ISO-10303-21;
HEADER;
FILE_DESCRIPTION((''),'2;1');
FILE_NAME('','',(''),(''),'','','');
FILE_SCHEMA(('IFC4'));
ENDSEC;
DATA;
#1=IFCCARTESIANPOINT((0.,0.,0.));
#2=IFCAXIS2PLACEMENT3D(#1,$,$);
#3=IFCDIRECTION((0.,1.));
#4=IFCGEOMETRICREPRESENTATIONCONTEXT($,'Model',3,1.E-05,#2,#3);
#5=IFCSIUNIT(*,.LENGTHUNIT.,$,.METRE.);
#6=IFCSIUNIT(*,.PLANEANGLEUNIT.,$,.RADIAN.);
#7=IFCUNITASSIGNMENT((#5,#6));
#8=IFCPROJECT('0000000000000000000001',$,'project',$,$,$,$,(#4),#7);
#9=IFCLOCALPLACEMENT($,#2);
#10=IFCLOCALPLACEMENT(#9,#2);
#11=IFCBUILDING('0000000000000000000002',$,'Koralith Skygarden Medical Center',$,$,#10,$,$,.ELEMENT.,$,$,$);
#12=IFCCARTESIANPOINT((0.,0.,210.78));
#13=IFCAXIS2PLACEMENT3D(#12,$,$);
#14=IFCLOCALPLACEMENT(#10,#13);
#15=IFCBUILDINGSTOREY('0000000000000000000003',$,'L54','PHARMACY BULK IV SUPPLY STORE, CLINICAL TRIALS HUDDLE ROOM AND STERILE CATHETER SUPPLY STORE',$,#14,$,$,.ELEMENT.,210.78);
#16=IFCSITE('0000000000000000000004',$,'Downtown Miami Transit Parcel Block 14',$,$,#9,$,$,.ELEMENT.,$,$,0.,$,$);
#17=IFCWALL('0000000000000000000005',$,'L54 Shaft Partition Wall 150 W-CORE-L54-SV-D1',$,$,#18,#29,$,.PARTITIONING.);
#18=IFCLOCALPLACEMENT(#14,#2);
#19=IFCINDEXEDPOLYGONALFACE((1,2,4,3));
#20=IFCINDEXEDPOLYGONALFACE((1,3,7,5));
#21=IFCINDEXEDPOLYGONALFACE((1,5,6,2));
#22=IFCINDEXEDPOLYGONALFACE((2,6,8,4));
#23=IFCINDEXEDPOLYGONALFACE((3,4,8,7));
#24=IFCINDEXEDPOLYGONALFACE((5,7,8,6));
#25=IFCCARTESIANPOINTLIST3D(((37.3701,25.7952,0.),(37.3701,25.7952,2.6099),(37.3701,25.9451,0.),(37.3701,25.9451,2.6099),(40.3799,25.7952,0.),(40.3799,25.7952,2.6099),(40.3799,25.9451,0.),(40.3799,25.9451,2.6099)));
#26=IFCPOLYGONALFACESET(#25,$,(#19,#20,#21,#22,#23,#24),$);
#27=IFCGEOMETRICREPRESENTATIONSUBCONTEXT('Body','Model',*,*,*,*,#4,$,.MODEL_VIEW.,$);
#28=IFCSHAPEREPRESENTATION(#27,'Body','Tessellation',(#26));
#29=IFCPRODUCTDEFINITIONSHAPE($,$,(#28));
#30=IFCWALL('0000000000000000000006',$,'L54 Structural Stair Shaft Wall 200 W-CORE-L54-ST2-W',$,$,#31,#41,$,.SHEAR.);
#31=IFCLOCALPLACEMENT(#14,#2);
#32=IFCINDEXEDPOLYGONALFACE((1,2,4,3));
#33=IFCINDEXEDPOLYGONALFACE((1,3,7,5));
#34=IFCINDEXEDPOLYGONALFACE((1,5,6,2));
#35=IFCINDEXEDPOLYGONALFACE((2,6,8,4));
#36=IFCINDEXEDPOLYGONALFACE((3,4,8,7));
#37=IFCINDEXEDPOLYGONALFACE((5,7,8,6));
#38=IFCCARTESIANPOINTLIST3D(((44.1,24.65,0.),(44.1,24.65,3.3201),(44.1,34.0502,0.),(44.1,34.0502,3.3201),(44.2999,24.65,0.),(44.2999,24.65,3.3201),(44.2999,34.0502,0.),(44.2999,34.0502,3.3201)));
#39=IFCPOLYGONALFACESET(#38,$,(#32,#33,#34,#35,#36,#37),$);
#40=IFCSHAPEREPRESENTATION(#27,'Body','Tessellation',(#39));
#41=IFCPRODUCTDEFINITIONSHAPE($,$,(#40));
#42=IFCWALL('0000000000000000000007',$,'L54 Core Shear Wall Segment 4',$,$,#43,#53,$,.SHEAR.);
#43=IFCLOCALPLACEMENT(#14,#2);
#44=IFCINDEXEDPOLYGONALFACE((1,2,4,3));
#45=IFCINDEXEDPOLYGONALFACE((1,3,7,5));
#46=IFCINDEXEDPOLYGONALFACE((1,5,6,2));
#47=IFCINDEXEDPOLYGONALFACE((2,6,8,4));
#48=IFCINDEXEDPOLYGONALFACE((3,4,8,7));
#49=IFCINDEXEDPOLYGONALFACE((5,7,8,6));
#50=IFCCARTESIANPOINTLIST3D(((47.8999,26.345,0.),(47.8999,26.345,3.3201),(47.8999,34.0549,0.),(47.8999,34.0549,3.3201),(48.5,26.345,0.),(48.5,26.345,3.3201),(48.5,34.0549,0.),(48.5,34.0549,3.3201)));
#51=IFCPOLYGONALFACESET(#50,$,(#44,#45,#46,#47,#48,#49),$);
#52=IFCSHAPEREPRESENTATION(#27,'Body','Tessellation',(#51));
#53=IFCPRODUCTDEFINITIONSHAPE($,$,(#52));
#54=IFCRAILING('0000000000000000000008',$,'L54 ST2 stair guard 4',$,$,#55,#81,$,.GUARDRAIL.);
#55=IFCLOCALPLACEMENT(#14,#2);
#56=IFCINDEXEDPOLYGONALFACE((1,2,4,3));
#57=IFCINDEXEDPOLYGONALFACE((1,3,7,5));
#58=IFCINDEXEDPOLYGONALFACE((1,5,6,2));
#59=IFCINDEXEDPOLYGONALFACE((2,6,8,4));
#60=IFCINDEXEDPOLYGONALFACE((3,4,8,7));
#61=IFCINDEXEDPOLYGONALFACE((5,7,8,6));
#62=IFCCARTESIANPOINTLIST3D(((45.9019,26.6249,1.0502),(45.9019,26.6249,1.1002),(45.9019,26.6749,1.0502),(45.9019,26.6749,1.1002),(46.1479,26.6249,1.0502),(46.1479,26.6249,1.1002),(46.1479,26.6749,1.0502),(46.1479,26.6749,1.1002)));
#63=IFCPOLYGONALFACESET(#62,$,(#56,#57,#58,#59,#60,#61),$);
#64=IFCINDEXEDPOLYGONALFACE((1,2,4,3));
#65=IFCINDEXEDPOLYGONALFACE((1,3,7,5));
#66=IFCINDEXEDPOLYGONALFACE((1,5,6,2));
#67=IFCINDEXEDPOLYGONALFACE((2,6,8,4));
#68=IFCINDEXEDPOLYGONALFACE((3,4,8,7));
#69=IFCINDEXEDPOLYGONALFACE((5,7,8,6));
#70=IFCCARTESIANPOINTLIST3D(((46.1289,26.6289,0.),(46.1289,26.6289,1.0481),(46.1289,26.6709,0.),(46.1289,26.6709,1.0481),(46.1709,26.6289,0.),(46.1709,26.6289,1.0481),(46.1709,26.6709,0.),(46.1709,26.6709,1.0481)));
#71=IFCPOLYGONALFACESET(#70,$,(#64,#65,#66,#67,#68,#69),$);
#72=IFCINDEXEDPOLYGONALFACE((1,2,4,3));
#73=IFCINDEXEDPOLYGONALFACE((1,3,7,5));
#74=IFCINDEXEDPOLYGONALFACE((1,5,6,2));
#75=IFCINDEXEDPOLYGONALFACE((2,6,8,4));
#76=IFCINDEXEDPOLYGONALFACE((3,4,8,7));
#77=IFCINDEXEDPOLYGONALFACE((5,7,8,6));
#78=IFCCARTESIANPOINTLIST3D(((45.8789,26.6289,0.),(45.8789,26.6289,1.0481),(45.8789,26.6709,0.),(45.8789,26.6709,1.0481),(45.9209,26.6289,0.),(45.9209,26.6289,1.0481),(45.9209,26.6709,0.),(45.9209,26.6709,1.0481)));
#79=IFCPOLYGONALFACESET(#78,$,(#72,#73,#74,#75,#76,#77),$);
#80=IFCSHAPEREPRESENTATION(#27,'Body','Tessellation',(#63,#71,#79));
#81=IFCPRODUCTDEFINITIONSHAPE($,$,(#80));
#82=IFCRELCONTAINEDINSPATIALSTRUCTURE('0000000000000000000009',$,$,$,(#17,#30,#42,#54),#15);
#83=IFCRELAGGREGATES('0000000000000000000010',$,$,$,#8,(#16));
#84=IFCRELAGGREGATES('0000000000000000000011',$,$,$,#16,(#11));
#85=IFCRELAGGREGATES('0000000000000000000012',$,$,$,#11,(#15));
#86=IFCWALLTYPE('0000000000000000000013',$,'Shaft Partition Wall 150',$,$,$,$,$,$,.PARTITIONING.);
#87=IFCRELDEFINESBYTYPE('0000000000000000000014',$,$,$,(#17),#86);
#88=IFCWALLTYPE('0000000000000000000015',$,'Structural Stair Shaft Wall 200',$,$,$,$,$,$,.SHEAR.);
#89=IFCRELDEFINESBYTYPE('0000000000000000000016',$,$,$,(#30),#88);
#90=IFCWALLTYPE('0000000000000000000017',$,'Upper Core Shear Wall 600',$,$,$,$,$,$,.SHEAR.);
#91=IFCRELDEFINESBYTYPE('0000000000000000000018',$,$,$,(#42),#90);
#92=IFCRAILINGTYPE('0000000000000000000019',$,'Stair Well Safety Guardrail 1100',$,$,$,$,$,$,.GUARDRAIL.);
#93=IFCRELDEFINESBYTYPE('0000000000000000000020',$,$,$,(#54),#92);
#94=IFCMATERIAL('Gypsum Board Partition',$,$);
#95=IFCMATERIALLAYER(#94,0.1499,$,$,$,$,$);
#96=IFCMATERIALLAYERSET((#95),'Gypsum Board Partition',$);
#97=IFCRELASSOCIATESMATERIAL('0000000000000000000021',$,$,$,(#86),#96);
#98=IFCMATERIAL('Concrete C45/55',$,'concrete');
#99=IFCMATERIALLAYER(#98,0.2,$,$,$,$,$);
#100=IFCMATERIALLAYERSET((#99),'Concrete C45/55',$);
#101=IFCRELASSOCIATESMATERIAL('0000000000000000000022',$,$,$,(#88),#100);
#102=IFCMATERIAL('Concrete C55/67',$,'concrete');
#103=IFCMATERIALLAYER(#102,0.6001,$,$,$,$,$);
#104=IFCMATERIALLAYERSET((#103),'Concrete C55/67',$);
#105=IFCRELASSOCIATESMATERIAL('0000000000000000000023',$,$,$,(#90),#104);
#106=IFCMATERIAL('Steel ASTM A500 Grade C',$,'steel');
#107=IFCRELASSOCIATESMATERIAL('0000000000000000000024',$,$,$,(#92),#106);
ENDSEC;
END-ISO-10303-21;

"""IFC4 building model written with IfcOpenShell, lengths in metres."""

from ifc_helpers import new_model, si_unit, direction, frame, frame_2d, origin, origin_2d, place, context, subcontext, project, spatial, rectangle, extrude, material, layer, layer_set, type_object, element, save


model = new_model("IFC4")

# Units and contexts
model_context = context("Model", 3, precision=1e-05, world=origin(), true_north=direction((0.0, 1.0)))
body_context = subcontext(model_context, "Body", "Model", "MODEL_VIEW")
ifc_project = project(units=[si_unit("LENGTHUNIT", "METRE"), si_unit("PLANEANGLEUNIT", "RADIAN")], contexts=[model_context])

# Site, building, storey
site_placement = place(None, origin())
site = spatial("IfcSite", under=ifc_project, at=site_placement, Name="Downtown Miami Transit Parcel Block 14", CompositionType="ELEMENT", RefElevation=0.0)
building_placement = place(site_placement, origin())
building = spatial("IfcBuilding", under=site, at=building_placement, Name="Koralith Skygarden Medical Center", CompositionType="ELEMENT")
storey_placement = place(building_placement, frame((0.0, 0.0, 210.78)))
storey = spatial("IfcBuildingStorey", under=building, at=storey_placement, Name="L54", Description="PHARMACY BULK IV SUPPLY STORE, CLINICAL TRIALS HUDDLE ROOM AND STERILE CATHETER SUPPLY STORE", CompositionType="ELEMENT", Elevation=210.78)

# Shared definitions
ifc_material_1 = material(Name="Concrete C55/67", Category="concrete")

# Shared definitions
ifc_material_2 = material(Name="Concrete C45/55", Category="concrete")

# Shared definitions
ifc_material_3 = material(Name="Gypsum Board Partition")

# Shared definitions
ifc_material_4 = material(Name="Steel ASTM A500 Grade C", Category="steel")

# Walls
ifc_layer_1 = layer(ifc_material_3, 0.1499)
ifc_layer_set_1 = layer_set([ifc_layer_1], Name="Gypsum Board Partition")
wall_type_1 = type_object("IfcWallType", Name="Shaft Partition Wall 150", PredefinedType="PARTITIONING", material=ifc_layer_set_1)
wall_1_placement = place(storey_placement, frame((37.3701, 25.8701, 0.0), z_axis=(0.0, 0.0, 1.0), x_axis=(1.0, 0.0, 0.0)))
element("IfcWall", 1, at=wall_1_placement, inside=storey, type_object=wall_type_1, Name="L54 Shaft Partition Wall 150 W-CORE-L54-SV-D1", PredefinedType="PARTITIONING", context=body_context, shape_type="SweptSolid", body=[
    extrude(rectangle(XDim=3.0098, YDim=0.1499, at=frame_2d((1.5049, 0.0))), origin(), (0.0, 0.0, 1.0), 2.6099),
])
ifc_layer_2 = layer(ifc_material_2, 0.2)
ifc_layer_set_2 = layer_set([ifc_layer_2], Name="Concrete C45/55")
wall_type_2 = type_object("IfcWallType", Name="Structural Stair Shaft Wall 200", PredefinedType="SHEAR", material=ifc_layer_set_2)
wall_2_placement = place(storey_placement, frame((44.2, 24.6499, 0.0), z_axis=(0.0, 0.0, 1.0), x_axis=(0.0, 1.0, 0.0)))
element("IfcWall", 2, at=wall_2_placement, inside=storey, type_object=wall_type_2, Name="L54 Structural Stair Shaft Wall 200 W-CORE-L54-ST2-W", PredefinedType="SHEAR", context=body_context, shape_type="SweptSolid", body=[
    extrude(rectangle(XDim=9.4001, YDim=0.2, at=frame_2d((4.7002, 0.0))), origin(), (0.0, 0.0, 1.0), 3.3201),
])

# Wall
ifc_layer_3 = layer(ifc_material_1, 0.6001)
ifc_layer_set_3 = layer_set([ifc_layer_3], Name="Concrete C55/67")
wall_type_3 = type_object("IfcWallType", Name="Upper Core Shear Wall 600", PredefinedType="SHEAR", material=ifc_layer_set_3)
wall_3_placement = place(storey_placement, frame((48.2, 26.345, 0.0), z_axis=(0.0, 0.0, 1.0), x_axis=(0.0, 1.0, 0.0)))
element("IfcWall", 3, at=wall_3_placement, inside=storey, type_object=wall_type_3, Name="L54 Core Shear Wall Segment 4", PredefinedType="SHEAR", context=body_context, shape_type="SweptSolid", body=[
    extrude(rectangle(XDim=7.71, YDim=0.6001, at=frame_2d((3.855, 0.0))), origin(), (0.0, 0.0, 1.0), 3.3201),
])

# Railing
railing_type = type_object("IfcRailingType", Name="Stair Well Safety Guardrail 1100", PredefinedType="GUARDRAIL", material=ifc_material_4)
railing_placement = place(storey_placement, frame((46.1499, 26.6499, 0.0)))
element("IfcRailing", 4, at=railing_placement, inside=storey, type_object=railing_type, Name="L54 ST2 stair guard 4", PredefinedType="GUARDRAIL", context=body_context, shape_type="SweptSolid", body=[
    extrude(rectangle(XDim=0.05, YDim=0.05, at=origin_2d()), frame((-0.002, 0.0, 1.0752), z_axis=(-1.0, 0.0, 0.0), x_axis=(0.0, -1.0, 0.0)), (0.0, 0.0, 1.0), 0.2461),
    extrude(rectangle(XDim=0.042, YDim=0.042, at=origin_2d()), origin(), (0.0, 0.0, 1.0), 1.0481),
    extrude(rectangle(XDim=0.042, YDim=0.042, at=origin_2d()), frame((-0.25, 0.0, 0.0)), (0.0, 0.0, 1.0), 1.0481),
])

save(model, "model.ifc")
